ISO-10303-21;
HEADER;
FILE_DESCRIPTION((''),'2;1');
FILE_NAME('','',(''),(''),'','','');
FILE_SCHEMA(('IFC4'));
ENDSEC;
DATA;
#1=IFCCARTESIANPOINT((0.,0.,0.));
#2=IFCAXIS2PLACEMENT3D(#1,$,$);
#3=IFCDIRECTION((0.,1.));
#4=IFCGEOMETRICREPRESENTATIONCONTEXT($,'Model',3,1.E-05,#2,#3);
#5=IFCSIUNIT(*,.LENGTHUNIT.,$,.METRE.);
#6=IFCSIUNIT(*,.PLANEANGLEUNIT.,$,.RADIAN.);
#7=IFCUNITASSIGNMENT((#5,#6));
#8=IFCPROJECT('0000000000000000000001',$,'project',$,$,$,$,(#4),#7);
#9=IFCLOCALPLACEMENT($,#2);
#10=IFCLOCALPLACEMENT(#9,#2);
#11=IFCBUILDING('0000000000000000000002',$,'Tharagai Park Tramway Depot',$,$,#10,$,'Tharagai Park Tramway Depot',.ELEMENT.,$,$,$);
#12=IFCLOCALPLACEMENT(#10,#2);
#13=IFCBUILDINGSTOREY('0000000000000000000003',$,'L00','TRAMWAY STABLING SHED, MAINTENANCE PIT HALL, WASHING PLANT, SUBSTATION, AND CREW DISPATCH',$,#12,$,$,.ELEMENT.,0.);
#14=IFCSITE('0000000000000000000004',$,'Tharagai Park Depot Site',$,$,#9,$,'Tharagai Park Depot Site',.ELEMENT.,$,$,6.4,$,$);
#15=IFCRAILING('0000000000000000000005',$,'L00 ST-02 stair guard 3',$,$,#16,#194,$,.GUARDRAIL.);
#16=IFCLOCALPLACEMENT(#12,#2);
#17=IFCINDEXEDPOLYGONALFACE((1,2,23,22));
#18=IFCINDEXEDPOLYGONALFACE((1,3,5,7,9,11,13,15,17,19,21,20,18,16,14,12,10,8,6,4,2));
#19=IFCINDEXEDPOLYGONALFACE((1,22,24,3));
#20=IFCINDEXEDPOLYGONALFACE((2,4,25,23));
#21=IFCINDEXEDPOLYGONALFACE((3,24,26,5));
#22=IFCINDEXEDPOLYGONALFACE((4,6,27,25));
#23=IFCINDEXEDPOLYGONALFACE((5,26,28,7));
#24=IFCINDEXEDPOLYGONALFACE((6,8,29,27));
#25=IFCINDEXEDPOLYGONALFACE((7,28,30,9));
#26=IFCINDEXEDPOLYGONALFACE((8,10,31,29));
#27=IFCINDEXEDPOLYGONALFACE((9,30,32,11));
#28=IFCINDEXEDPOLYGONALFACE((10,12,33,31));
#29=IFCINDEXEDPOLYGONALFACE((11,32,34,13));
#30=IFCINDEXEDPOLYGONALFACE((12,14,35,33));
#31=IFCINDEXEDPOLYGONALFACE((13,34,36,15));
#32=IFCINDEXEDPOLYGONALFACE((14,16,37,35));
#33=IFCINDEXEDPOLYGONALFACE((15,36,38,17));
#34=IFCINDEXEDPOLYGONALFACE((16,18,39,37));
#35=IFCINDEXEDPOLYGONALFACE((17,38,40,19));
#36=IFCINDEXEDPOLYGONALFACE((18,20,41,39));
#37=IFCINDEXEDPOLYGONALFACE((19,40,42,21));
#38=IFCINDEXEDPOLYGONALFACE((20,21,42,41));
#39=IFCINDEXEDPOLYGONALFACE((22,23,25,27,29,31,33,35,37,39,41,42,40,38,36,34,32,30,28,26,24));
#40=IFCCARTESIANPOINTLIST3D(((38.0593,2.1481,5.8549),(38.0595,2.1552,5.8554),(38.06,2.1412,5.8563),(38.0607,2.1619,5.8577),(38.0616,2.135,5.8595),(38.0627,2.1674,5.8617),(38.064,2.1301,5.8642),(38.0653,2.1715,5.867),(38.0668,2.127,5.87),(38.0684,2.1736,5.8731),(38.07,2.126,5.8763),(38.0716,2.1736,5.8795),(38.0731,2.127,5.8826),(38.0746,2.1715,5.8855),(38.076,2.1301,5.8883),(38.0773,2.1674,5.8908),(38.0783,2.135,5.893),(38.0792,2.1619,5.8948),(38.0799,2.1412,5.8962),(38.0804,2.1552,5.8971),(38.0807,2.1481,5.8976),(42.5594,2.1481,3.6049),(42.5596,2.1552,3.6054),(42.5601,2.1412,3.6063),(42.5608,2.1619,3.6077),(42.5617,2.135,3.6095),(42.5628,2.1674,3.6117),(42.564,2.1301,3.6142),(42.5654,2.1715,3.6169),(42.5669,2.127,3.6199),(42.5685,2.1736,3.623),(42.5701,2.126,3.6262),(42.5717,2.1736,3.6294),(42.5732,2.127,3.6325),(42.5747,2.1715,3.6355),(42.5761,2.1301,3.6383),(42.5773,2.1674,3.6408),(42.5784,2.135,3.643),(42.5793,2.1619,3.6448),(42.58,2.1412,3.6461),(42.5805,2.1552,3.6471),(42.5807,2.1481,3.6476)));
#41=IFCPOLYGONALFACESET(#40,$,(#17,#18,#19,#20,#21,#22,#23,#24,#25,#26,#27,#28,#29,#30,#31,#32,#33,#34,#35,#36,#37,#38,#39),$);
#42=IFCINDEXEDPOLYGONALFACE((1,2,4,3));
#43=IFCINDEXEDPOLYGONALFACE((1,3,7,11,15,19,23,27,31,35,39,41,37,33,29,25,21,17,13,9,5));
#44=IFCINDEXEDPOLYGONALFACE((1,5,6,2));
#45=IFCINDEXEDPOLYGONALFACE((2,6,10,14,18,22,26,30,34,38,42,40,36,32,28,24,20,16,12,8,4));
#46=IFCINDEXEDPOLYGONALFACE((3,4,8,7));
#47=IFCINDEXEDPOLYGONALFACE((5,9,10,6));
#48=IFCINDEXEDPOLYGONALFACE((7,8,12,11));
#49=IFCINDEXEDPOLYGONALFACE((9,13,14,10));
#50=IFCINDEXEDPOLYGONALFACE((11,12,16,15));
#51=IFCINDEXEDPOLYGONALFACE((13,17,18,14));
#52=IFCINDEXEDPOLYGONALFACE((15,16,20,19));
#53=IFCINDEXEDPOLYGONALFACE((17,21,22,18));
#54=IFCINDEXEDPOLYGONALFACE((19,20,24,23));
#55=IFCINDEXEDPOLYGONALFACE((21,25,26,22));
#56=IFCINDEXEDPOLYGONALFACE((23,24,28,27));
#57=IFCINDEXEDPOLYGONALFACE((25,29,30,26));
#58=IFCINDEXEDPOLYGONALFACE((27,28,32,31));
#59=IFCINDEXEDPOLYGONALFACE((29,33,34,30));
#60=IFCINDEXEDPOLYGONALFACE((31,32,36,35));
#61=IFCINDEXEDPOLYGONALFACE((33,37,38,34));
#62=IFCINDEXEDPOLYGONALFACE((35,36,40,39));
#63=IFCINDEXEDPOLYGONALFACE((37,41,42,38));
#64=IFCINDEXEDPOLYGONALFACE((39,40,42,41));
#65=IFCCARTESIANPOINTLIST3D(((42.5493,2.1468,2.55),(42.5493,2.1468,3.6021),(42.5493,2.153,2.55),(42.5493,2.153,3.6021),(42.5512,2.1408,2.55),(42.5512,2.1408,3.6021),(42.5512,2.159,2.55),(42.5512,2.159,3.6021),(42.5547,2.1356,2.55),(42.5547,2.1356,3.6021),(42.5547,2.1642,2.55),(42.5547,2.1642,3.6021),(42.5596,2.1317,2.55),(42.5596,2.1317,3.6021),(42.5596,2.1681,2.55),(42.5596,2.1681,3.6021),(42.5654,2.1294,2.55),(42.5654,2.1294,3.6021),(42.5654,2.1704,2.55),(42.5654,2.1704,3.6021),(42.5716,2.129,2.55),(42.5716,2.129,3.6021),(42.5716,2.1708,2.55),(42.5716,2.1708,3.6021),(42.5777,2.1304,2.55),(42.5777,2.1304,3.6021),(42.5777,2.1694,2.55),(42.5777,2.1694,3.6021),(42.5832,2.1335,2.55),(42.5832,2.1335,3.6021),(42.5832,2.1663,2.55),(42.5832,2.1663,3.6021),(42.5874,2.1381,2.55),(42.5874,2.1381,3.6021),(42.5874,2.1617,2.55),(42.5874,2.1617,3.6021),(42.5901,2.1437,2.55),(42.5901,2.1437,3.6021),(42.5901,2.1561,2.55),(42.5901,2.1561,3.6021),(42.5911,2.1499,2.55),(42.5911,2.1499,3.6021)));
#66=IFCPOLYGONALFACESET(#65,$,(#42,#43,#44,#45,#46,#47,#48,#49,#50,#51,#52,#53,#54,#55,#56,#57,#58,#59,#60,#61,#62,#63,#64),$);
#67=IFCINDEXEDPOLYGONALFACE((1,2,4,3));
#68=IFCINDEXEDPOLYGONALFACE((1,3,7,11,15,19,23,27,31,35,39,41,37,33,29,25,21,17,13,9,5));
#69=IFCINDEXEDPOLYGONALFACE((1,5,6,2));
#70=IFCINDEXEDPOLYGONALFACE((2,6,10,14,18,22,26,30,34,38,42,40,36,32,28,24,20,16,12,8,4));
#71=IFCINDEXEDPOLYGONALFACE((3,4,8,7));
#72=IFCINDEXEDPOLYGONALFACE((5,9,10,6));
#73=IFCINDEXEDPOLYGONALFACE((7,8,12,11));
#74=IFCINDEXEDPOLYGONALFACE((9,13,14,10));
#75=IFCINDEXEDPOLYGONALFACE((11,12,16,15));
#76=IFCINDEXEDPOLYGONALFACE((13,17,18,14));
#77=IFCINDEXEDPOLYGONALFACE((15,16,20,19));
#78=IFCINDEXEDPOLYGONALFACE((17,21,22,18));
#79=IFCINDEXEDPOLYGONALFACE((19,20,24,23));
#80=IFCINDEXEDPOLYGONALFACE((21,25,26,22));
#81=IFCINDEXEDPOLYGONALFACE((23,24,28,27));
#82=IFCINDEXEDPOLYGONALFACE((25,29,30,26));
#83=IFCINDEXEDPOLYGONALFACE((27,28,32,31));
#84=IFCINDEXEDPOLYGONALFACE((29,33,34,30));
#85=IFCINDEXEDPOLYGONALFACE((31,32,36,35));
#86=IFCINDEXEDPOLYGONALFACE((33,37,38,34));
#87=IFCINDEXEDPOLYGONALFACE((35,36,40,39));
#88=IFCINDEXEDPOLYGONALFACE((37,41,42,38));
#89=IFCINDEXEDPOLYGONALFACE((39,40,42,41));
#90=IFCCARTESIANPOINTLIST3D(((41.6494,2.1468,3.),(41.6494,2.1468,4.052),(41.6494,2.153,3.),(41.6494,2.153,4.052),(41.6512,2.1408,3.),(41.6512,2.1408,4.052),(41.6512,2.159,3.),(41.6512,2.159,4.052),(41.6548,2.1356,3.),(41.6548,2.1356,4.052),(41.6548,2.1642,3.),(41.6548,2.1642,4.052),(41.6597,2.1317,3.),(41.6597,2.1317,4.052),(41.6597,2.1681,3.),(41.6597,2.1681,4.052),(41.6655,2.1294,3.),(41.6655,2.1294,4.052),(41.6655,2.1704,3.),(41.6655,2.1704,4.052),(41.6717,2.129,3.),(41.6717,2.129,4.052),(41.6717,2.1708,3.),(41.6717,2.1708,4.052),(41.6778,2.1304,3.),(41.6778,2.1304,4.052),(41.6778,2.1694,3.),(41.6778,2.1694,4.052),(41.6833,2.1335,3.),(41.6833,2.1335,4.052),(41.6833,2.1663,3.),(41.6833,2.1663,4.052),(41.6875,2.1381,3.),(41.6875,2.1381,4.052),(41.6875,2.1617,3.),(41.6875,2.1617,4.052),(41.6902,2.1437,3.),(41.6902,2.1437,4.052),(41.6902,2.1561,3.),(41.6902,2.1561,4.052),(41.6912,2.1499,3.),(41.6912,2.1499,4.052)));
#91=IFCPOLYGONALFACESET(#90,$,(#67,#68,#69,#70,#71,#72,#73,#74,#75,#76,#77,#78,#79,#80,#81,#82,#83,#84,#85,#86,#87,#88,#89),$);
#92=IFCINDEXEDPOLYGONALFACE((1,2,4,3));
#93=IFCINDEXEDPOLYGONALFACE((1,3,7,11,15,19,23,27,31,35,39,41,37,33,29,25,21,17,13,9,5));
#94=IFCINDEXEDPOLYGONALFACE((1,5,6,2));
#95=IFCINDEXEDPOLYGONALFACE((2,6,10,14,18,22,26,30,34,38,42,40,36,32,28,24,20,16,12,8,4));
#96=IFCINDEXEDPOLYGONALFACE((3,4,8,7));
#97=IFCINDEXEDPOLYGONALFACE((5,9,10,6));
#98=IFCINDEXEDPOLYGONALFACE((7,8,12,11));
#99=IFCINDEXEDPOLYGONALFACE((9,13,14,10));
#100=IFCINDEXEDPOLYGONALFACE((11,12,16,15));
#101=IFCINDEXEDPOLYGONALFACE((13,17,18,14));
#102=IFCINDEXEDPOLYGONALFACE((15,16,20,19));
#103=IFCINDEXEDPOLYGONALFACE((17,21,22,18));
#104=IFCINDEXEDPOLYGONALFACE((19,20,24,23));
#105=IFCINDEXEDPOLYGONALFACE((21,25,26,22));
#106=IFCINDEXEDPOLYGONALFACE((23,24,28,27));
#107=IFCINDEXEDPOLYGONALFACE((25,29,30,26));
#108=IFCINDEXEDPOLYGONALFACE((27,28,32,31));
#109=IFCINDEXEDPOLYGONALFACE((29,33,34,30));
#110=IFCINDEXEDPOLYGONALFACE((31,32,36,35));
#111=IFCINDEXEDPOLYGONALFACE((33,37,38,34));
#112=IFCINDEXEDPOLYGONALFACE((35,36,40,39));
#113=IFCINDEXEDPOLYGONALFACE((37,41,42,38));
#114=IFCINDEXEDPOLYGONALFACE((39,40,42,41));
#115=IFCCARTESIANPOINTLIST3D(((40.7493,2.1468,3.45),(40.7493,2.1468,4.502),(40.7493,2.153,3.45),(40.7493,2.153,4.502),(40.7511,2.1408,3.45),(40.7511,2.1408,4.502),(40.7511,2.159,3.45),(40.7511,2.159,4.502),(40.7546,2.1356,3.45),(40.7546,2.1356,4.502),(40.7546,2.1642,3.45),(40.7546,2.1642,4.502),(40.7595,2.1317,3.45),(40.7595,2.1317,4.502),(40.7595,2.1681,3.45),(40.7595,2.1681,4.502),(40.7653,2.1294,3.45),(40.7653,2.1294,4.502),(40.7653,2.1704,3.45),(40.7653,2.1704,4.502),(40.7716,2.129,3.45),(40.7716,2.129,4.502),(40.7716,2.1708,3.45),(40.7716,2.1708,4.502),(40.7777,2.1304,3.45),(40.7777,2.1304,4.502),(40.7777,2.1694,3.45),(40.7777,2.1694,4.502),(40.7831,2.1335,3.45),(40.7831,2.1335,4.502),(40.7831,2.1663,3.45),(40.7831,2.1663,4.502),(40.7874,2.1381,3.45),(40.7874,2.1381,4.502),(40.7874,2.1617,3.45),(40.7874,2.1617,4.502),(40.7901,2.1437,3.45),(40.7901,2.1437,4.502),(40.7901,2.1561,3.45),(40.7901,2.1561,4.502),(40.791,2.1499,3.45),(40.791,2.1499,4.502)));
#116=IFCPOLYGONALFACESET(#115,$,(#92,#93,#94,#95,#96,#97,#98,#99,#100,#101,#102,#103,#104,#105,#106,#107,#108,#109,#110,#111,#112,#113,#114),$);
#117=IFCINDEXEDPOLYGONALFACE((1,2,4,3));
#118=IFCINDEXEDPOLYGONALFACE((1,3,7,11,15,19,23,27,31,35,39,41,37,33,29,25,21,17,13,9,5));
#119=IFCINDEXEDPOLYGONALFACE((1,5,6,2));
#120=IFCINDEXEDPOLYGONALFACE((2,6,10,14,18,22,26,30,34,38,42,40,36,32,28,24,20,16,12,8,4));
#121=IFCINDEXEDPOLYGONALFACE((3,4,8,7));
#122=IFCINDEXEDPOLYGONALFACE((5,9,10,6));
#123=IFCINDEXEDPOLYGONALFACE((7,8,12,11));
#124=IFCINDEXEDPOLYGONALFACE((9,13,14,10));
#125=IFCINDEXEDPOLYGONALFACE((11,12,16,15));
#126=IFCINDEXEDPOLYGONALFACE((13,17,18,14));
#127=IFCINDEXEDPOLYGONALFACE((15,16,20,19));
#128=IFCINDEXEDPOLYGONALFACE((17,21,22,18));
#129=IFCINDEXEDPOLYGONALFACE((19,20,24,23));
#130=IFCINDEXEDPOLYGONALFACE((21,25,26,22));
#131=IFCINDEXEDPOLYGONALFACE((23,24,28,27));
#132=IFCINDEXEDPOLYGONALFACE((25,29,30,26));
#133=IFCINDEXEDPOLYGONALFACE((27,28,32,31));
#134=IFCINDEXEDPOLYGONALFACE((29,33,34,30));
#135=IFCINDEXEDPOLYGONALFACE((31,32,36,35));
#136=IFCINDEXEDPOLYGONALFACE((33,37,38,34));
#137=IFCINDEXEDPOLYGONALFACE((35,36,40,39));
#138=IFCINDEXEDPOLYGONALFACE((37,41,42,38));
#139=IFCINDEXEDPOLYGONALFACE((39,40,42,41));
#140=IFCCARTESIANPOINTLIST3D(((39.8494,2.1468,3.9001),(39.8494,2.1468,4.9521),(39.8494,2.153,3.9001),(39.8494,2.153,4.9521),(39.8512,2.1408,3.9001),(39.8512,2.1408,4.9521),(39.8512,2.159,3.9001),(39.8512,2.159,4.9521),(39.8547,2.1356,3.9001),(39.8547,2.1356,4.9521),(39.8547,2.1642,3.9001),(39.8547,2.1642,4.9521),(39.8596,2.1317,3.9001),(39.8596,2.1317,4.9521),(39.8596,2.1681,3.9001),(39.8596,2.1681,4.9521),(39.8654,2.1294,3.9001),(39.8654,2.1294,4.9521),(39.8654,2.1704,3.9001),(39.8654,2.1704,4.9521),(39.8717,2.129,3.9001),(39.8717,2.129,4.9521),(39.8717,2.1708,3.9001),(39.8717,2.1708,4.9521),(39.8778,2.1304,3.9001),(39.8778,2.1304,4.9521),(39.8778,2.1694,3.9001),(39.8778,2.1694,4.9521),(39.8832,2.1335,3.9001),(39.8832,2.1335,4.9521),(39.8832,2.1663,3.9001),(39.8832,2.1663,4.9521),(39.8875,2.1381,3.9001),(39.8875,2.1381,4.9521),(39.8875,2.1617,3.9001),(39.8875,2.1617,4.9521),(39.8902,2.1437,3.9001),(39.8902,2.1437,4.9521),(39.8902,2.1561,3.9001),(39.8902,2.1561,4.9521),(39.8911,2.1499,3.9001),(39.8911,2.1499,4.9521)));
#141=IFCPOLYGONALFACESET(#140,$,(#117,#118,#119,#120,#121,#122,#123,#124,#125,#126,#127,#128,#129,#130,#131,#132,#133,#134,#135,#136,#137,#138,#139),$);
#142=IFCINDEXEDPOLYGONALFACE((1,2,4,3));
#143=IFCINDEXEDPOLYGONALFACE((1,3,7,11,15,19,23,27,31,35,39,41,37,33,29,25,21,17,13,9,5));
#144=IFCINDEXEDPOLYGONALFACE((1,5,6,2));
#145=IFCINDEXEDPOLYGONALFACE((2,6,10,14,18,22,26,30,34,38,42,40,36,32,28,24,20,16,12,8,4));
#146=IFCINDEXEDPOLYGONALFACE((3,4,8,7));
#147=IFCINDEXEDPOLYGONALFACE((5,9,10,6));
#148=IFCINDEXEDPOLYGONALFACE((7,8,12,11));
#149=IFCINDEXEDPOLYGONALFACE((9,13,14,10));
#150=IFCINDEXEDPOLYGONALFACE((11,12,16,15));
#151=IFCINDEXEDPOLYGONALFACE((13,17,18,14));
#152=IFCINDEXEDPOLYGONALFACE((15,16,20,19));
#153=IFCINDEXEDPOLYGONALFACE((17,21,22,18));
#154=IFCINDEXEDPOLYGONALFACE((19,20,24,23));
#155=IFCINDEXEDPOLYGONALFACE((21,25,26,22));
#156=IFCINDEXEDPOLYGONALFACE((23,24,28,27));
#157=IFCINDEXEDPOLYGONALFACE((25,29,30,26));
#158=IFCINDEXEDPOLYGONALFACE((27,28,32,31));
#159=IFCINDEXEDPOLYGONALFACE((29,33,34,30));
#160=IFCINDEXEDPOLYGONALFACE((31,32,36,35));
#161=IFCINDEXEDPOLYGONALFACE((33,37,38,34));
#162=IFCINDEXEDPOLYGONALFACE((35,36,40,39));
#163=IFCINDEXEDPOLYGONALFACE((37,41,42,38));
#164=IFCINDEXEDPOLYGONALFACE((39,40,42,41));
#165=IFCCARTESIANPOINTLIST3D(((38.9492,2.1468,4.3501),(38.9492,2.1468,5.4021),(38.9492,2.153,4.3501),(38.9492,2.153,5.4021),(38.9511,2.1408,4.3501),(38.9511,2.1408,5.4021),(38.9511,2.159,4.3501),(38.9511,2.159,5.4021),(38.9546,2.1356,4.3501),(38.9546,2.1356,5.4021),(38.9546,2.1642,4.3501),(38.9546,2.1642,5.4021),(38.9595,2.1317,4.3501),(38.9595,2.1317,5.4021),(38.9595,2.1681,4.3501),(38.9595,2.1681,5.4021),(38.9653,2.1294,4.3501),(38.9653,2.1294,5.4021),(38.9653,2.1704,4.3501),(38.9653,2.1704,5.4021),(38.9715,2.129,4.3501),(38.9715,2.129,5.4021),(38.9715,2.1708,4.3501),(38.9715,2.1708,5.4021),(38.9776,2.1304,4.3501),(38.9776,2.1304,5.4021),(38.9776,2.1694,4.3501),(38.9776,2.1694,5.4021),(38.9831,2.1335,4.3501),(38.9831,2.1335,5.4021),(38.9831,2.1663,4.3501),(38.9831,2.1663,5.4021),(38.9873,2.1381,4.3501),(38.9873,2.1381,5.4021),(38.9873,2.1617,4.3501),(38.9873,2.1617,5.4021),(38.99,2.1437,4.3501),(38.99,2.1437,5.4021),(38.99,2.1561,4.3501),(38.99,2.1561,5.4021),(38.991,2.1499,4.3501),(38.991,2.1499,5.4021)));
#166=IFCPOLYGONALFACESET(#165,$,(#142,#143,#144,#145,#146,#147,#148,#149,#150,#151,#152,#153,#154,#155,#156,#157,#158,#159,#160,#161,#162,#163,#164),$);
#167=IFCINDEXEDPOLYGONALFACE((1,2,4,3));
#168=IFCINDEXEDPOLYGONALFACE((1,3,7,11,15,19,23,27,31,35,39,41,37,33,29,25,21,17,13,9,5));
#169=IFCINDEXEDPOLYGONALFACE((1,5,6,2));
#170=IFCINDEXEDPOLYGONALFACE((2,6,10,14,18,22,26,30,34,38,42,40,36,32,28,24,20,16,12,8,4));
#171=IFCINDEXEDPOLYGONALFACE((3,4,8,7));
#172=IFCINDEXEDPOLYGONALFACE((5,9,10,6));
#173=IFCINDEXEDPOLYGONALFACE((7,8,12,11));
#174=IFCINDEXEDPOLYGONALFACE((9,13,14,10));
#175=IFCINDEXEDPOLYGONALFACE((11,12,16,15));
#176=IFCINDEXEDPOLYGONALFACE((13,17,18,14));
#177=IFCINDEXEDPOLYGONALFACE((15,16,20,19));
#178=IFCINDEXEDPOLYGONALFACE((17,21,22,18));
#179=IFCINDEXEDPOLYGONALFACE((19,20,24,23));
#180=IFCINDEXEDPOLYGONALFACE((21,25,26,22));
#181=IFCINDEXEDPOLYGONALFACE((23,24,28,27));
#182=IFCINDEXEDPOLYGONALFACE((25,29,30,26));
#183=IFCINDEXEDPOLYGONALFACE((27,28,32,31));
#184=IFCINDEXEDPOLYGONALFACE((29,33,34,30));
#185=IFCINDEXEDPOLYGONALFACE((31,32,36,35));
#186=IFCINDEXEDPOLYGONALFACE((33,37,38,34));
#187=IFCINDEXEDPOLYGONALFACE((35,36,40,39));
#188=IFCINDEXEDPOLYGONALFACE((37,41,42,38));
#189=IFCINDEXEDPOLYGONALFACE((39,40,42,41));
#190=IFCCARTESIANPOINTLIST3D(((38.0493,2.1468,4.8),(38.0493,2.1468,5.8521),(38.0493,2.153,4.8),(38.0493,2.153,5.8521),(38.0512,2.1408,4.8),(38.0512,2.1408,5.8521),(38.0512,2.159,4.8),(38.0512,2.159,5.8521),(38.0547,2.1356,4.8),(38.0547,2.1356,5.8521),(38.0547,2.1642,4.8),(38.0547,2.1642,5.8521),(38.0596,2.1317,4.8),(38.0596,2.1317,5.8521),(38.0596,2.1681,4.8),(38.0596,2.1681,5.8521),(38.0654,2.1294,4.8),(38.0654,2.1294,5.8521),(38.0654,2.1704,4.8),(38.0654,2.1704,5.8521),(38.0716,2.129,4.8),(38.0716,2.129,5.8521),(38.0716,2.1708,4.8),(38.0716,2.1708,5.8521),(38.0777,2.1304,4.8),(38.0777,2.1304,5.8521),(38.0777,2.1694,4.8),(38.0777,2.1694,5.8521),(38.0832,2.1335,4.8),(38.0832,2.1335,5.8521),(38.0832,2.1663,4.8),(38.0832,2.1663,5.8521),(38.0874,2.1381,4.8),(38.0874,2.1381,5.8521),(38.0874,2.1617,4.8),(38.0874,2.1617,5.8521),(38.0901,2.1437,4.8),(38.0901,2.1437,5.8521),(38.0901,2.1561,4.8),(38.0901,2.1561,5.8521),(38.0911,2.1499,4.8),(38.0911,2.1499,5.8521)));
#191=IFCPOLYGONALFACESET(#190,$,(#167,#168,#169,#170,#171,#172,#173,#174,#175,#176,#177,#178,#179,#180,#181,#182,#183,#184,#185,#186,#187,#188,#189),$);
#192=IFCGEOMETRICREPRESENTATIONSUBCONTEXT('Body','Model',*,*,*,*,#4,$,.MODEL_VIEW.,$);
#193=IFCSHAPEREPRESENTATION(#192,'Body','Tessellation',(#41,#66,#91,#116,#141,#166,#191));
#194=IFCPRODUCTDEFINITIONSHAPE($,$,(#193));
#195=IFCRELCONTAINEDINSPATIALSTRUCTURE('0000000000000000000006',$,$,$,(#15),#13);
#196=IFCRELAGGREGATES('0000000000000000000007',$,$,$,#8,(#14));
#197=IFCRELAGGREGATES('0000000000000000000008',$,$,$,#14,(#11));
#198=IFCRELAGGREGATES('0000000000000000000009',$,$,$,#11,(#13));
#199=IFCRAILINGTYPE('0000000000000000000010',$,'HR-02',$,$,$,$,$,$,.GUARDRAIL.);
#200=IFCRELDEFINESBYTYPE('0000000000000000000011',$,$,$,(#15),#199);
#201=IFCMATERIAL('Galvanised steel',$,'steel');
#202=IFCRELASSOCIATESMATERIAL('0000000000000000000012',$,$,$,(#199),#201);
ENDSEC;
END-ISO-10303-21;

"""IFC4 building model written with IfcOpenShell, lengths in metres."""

from ifc_helpers import new_model, si_unit, direction, frame, origin, origin_2d, place, context, subcontext, project, spatial, circle, extrude, material, type_object, element, save


model = new_model("IFC4")

# Units and contexts
model_context = context("Model", 3, precision=1e-05, world=origin(), true_north=direction((0.0, 1.0)))
body_context = subcontext(model_context, "Body", "Model", "MODEL_VIEW")
ifc_project = project(units=[si_unit("LENGTHUNIT", "METRE"), si_unit("PLANEANGLEUNIT", "RADIAN")], contexts=[model_context])

# Site, building, storey
site_placement = place(None, origin())
site = spatial("IfcSite", under=ifc_project, at=site_placement, Name="Tharagai Park Depot Site", LongName="Tharagai Park Depot Site", CompositionType="ELEMENT", RefElevation=6.4)
building_placement = place(site_placement, origin())
building = spatial("IfcBuilding", under=site, at=building_placement, Name="Tharagai Park Tramway Depot", LongName="Tharagai Park Tramway Depot", CompositionType="ELEMENT")
storey_placement = place(building_placement, origin())
storey = spatial("IfcBuildingStorey", under=building, at=storey_placement, Name="L00", Description="TRAMWAY STABLING SHED, MAINTENANCE PIT HALL, WASHING PLANT, SUBSTATION, AND CREW DISPATCH", CompositionType="ELEMENT", Elevation=0.0)

# Railing
ifc_material_1 = material(Name="Galvanised steel", Category="steel")
railing_type_1 = type_object("IfcRailingType", Name="HR-02", PredefinedType="GUARDRAIL", material=ifc_material_1)
railing_1_placement = place(storey_placement, frame((42.5701, 2.1499, 2.55)))
element("IfcRailing", 1, at=railing_1_placement, inside=storey, type_object=railing_type_1, Name="L00 ST-02 stair guard 3", PredefinedType="GUARDRAIL", context=body_context, shape_type="SweptSolid", body=[
    extrude(circle(Radius=0.0239, at=origin_2d()), frame((0.0, 0.0, 1.0762), z_axis=(-0.894427, 0.0, 0.447214), x_axis=(0.0, -1.0, 0.0)), (0.0, 0.0, 1.0), 5.0312),
    extrude(circle(Radius=0.021, at=origin_2d()), origin(), (0.0, 0.0, 1.0), 1.052),
    extrude(circle(Radius=0.021, at=origin_2d()), frame((-0.8999, 0.0, 0.45)), (0.0, 0.0, 1.0), 1.052),
    extrude(circle(Radius=0.021, at=origin_2d()), frame((-1.8, 0.0, 0.8999)), (0.0, 0.0, 1.0), 1.052),
    extrude(circle(Radius=0.021, at=origin_2d()), frame((-2.7, 0.0, 1.3501)), (0.0, 0.0, 1.0), 1.052),
    extrude(circle(Radius=0.021, at=origin_2d()), frame((-3.6001, 0.0, 1.8)), (0.0, 0.0, 1.0), 1.052),
    extrude(circle(Radius=0.021, at=origin_2d()), frame((-4.5, 0.0, 2.25)), (0.0, 0.0, 1.0), 1.052),
])

save(model, "model.ifc")
